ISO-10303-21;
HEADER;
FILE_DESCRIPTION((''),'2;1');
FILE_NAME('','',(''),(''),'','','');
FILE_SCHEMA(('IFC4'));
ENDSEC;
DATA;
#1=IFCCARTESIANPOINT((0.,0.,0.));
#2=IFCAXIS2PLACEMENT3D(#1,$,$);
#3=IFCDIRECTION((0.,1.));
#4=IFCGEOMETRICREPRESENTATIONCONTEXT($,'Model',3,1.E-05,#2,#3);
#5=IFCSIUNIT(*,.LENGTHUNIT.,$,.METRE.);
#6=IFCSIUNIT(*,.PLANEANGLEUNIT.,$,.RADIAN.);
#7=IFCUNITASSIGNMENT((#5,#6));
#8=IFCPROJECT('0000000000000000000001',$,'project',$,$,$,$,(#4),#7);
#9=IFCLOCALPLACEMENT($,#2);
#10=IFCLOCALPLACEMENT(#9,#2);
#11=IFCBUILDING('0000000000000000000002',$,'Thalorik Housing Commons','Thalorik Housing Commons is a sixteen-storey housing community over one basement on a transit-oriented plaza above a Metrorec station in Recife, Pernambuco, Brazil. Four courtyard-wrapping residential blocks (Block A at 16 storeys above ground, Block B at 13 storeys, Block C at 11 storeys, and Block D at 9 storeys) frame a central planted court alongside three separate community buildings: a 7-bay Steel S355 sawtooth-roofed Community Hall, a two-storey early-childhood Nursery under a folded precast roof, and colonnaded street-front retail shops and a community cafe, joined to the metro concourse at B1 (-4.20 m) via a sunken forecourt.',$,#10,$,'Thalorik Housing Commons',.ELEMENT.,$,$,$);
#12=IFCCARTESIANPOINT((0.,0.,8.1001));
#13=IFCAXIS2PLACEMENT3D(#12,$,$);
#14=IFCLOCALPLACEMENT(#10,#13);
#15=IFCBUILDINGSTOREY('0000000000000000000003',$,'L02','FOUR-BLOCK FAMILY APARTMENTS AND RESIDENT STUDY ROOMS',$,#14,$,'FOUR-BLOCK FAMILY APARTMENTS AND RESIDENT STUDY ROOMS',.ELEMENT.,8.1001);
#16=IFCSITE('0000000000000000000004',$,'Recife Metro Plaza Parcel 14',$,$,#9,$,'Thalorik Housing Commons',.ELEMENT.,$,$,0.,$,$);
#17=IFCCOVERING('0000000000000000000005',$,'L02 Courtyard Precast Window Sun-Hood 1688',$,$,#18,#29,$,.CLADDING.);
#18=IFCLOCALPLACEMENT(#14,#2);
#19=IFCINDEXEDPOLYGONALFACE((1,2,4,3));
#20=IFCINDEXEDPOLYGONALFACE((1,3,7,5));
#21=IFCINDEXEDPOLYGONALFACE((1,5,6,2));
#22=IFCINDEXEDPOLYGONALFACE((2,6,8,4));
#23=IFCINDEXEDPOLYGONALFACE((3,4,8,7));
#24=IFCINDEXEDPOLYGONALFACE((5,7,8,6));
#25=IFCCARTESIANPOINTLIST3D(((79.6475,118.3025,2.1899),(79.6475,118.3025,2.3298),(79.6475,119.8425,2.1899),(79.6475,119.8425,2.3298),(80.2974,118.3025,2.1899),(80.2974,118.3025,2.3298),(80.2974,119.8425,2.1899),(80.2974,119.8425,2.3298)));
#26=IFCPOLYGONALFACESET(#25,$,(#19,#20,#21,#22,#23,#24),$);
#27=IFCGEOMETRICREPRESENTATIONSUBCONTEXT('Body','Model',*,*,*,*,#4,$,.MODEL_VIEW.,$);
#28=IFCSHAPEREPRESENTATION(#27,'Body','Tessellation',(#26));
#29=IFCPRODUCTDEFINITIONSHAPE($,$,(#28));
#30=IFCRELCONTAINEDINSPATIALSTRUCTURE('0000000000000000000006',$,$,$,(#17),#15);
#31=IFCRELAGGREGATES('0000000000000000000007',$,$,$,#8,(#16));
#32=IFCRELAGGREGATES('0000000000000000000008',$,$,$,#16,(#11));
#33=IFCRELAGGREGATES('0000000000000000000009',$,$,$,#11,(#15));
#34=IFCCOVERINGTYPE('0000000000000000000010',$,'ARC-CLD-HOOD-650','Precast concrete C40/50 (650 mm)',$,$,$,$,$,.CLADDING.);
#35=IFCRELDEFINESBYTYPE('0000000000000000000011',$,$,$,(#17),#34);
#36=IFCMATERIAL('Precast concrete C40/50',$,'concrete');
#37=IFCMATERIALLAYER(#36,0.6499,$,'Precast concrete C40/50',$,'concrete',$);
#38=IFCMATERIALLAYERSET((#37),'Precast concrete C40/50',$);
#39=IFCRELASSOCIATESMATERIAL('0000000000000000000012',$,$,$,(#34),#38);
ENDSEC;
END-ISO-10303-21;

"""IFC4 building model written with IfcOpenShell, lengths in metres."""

from ifc_helpers import new_model, si_unit, direction, frame, origin, origin_2d, place, context, subcontext, project, spatial, rectangle, extrude, material, layer, layer_set, type_object, element, save


model = new_model("IFC4")

# Units and contexts
model_context = context("Model", 3, precision=1e-05, world=origin(), true_north=direction((0.0, 1.0)))
body_context = subcontext(model_context, "Body", "Model", "MODEL_VIEW")
ifc_project = project(units=[si_unit("LENGTHUNIT", "METRE"), si_unit("PLANEANGLEUNIT", "RADIAN")], contexts=[model_context])

# Site, building, storey
site_placement = place(None, origin())
site = spatial("IfcSite", under=ifc_project, at=site_placement, Name="Recife Metro Plaza Parcel 14", LongName="Thalorik Housing Commons", CompositionType="ELEMENT", RefElevation=0.0)
building_placement = place(site_placement, origin())
building = spatial("IfcBuilding", under=site, at=building_placement, Name="Thalorik Housing Commons", Description="Thalorik Housing Commons is a sixteen-storey housing community over one basement on a transit-oriented plaza above a Metrorec station in Recife, Pernambuco, Brazil. Four courtyard-wrapping residential blocks (Block A at 16 storeys above ground, Block B at 13 storeys, Block C at 11 storeys, and Block D at 9 storeys) frame a central planted court alongside three separate community buildings: a 7-bay Steel S355 sawtooth-roofed Community Hall, a two-storey early-childhood Nursery under a folded precast roof, and colonnaded street-front retail shops and a community cafe, joined to the metro concourse at B1 (-4.20 m) via a sunken forecourt.", LongName="Thalorik Housing Commons", CompositionType="ELEMENT")
storey_placement = place(building_placement, frame((0.0, 0.0, 8.1001)))
storey = spatial("IfcBuildingStorey", under=building, at=storey_placement, Name="L02", Description="FOUR-BLOCK FAMILY APARTMENTS AND RESIDENT STUDY ROOMS", LongName="FOUR-BLOCK FAMILY APARTMENTS AND RESIDENT STUDY ROOMS", CompositionType="ELEMENT", Elevation=8.1001)

# Shared definitions
ifc_material_1 = material(Name="Precast concrete C40/50", Category="concrete")

# Covering
ifc_layer_1 = layer(ifc_material_1, 0.6499, Name="Precast concrete C40/50", Category="concrete")
ifc_layer_set_1 = layer_set([ifc_layer_1], Name="Precast concrete C40/50")
covering_type_1 = type_object("IfcCoveringType", Name="ARC-CLD-HOOD-650", Description="Precast concrete C40/50 (650 mm)", PredefinedType="CLADDING", material=ifc_layer_set_1)
covering_1_placement = place(storey_placement, frame((79.9724, 119.0725, 2.1899), z_axis=(0.0, 0.0, 1.0), x_axis=(0.0, -1.0, 0.0)))
element("IfcCovering", 1, at=covering_1_placement, inside=storey, type_object=covering_type_1, Name="L02 Courtyard Precast Window Sun-Hood 1688", PredefinedType="CLADDING", context=body_context, shape_type="SweptSolid", body=[
    extrude(rectangle(XDim=1.54, YDim=0.6499, at=origin_2d()), origin(), (0.0, 0.0, 1.0), 0.1399),
])

save(model, "model.ifc")
